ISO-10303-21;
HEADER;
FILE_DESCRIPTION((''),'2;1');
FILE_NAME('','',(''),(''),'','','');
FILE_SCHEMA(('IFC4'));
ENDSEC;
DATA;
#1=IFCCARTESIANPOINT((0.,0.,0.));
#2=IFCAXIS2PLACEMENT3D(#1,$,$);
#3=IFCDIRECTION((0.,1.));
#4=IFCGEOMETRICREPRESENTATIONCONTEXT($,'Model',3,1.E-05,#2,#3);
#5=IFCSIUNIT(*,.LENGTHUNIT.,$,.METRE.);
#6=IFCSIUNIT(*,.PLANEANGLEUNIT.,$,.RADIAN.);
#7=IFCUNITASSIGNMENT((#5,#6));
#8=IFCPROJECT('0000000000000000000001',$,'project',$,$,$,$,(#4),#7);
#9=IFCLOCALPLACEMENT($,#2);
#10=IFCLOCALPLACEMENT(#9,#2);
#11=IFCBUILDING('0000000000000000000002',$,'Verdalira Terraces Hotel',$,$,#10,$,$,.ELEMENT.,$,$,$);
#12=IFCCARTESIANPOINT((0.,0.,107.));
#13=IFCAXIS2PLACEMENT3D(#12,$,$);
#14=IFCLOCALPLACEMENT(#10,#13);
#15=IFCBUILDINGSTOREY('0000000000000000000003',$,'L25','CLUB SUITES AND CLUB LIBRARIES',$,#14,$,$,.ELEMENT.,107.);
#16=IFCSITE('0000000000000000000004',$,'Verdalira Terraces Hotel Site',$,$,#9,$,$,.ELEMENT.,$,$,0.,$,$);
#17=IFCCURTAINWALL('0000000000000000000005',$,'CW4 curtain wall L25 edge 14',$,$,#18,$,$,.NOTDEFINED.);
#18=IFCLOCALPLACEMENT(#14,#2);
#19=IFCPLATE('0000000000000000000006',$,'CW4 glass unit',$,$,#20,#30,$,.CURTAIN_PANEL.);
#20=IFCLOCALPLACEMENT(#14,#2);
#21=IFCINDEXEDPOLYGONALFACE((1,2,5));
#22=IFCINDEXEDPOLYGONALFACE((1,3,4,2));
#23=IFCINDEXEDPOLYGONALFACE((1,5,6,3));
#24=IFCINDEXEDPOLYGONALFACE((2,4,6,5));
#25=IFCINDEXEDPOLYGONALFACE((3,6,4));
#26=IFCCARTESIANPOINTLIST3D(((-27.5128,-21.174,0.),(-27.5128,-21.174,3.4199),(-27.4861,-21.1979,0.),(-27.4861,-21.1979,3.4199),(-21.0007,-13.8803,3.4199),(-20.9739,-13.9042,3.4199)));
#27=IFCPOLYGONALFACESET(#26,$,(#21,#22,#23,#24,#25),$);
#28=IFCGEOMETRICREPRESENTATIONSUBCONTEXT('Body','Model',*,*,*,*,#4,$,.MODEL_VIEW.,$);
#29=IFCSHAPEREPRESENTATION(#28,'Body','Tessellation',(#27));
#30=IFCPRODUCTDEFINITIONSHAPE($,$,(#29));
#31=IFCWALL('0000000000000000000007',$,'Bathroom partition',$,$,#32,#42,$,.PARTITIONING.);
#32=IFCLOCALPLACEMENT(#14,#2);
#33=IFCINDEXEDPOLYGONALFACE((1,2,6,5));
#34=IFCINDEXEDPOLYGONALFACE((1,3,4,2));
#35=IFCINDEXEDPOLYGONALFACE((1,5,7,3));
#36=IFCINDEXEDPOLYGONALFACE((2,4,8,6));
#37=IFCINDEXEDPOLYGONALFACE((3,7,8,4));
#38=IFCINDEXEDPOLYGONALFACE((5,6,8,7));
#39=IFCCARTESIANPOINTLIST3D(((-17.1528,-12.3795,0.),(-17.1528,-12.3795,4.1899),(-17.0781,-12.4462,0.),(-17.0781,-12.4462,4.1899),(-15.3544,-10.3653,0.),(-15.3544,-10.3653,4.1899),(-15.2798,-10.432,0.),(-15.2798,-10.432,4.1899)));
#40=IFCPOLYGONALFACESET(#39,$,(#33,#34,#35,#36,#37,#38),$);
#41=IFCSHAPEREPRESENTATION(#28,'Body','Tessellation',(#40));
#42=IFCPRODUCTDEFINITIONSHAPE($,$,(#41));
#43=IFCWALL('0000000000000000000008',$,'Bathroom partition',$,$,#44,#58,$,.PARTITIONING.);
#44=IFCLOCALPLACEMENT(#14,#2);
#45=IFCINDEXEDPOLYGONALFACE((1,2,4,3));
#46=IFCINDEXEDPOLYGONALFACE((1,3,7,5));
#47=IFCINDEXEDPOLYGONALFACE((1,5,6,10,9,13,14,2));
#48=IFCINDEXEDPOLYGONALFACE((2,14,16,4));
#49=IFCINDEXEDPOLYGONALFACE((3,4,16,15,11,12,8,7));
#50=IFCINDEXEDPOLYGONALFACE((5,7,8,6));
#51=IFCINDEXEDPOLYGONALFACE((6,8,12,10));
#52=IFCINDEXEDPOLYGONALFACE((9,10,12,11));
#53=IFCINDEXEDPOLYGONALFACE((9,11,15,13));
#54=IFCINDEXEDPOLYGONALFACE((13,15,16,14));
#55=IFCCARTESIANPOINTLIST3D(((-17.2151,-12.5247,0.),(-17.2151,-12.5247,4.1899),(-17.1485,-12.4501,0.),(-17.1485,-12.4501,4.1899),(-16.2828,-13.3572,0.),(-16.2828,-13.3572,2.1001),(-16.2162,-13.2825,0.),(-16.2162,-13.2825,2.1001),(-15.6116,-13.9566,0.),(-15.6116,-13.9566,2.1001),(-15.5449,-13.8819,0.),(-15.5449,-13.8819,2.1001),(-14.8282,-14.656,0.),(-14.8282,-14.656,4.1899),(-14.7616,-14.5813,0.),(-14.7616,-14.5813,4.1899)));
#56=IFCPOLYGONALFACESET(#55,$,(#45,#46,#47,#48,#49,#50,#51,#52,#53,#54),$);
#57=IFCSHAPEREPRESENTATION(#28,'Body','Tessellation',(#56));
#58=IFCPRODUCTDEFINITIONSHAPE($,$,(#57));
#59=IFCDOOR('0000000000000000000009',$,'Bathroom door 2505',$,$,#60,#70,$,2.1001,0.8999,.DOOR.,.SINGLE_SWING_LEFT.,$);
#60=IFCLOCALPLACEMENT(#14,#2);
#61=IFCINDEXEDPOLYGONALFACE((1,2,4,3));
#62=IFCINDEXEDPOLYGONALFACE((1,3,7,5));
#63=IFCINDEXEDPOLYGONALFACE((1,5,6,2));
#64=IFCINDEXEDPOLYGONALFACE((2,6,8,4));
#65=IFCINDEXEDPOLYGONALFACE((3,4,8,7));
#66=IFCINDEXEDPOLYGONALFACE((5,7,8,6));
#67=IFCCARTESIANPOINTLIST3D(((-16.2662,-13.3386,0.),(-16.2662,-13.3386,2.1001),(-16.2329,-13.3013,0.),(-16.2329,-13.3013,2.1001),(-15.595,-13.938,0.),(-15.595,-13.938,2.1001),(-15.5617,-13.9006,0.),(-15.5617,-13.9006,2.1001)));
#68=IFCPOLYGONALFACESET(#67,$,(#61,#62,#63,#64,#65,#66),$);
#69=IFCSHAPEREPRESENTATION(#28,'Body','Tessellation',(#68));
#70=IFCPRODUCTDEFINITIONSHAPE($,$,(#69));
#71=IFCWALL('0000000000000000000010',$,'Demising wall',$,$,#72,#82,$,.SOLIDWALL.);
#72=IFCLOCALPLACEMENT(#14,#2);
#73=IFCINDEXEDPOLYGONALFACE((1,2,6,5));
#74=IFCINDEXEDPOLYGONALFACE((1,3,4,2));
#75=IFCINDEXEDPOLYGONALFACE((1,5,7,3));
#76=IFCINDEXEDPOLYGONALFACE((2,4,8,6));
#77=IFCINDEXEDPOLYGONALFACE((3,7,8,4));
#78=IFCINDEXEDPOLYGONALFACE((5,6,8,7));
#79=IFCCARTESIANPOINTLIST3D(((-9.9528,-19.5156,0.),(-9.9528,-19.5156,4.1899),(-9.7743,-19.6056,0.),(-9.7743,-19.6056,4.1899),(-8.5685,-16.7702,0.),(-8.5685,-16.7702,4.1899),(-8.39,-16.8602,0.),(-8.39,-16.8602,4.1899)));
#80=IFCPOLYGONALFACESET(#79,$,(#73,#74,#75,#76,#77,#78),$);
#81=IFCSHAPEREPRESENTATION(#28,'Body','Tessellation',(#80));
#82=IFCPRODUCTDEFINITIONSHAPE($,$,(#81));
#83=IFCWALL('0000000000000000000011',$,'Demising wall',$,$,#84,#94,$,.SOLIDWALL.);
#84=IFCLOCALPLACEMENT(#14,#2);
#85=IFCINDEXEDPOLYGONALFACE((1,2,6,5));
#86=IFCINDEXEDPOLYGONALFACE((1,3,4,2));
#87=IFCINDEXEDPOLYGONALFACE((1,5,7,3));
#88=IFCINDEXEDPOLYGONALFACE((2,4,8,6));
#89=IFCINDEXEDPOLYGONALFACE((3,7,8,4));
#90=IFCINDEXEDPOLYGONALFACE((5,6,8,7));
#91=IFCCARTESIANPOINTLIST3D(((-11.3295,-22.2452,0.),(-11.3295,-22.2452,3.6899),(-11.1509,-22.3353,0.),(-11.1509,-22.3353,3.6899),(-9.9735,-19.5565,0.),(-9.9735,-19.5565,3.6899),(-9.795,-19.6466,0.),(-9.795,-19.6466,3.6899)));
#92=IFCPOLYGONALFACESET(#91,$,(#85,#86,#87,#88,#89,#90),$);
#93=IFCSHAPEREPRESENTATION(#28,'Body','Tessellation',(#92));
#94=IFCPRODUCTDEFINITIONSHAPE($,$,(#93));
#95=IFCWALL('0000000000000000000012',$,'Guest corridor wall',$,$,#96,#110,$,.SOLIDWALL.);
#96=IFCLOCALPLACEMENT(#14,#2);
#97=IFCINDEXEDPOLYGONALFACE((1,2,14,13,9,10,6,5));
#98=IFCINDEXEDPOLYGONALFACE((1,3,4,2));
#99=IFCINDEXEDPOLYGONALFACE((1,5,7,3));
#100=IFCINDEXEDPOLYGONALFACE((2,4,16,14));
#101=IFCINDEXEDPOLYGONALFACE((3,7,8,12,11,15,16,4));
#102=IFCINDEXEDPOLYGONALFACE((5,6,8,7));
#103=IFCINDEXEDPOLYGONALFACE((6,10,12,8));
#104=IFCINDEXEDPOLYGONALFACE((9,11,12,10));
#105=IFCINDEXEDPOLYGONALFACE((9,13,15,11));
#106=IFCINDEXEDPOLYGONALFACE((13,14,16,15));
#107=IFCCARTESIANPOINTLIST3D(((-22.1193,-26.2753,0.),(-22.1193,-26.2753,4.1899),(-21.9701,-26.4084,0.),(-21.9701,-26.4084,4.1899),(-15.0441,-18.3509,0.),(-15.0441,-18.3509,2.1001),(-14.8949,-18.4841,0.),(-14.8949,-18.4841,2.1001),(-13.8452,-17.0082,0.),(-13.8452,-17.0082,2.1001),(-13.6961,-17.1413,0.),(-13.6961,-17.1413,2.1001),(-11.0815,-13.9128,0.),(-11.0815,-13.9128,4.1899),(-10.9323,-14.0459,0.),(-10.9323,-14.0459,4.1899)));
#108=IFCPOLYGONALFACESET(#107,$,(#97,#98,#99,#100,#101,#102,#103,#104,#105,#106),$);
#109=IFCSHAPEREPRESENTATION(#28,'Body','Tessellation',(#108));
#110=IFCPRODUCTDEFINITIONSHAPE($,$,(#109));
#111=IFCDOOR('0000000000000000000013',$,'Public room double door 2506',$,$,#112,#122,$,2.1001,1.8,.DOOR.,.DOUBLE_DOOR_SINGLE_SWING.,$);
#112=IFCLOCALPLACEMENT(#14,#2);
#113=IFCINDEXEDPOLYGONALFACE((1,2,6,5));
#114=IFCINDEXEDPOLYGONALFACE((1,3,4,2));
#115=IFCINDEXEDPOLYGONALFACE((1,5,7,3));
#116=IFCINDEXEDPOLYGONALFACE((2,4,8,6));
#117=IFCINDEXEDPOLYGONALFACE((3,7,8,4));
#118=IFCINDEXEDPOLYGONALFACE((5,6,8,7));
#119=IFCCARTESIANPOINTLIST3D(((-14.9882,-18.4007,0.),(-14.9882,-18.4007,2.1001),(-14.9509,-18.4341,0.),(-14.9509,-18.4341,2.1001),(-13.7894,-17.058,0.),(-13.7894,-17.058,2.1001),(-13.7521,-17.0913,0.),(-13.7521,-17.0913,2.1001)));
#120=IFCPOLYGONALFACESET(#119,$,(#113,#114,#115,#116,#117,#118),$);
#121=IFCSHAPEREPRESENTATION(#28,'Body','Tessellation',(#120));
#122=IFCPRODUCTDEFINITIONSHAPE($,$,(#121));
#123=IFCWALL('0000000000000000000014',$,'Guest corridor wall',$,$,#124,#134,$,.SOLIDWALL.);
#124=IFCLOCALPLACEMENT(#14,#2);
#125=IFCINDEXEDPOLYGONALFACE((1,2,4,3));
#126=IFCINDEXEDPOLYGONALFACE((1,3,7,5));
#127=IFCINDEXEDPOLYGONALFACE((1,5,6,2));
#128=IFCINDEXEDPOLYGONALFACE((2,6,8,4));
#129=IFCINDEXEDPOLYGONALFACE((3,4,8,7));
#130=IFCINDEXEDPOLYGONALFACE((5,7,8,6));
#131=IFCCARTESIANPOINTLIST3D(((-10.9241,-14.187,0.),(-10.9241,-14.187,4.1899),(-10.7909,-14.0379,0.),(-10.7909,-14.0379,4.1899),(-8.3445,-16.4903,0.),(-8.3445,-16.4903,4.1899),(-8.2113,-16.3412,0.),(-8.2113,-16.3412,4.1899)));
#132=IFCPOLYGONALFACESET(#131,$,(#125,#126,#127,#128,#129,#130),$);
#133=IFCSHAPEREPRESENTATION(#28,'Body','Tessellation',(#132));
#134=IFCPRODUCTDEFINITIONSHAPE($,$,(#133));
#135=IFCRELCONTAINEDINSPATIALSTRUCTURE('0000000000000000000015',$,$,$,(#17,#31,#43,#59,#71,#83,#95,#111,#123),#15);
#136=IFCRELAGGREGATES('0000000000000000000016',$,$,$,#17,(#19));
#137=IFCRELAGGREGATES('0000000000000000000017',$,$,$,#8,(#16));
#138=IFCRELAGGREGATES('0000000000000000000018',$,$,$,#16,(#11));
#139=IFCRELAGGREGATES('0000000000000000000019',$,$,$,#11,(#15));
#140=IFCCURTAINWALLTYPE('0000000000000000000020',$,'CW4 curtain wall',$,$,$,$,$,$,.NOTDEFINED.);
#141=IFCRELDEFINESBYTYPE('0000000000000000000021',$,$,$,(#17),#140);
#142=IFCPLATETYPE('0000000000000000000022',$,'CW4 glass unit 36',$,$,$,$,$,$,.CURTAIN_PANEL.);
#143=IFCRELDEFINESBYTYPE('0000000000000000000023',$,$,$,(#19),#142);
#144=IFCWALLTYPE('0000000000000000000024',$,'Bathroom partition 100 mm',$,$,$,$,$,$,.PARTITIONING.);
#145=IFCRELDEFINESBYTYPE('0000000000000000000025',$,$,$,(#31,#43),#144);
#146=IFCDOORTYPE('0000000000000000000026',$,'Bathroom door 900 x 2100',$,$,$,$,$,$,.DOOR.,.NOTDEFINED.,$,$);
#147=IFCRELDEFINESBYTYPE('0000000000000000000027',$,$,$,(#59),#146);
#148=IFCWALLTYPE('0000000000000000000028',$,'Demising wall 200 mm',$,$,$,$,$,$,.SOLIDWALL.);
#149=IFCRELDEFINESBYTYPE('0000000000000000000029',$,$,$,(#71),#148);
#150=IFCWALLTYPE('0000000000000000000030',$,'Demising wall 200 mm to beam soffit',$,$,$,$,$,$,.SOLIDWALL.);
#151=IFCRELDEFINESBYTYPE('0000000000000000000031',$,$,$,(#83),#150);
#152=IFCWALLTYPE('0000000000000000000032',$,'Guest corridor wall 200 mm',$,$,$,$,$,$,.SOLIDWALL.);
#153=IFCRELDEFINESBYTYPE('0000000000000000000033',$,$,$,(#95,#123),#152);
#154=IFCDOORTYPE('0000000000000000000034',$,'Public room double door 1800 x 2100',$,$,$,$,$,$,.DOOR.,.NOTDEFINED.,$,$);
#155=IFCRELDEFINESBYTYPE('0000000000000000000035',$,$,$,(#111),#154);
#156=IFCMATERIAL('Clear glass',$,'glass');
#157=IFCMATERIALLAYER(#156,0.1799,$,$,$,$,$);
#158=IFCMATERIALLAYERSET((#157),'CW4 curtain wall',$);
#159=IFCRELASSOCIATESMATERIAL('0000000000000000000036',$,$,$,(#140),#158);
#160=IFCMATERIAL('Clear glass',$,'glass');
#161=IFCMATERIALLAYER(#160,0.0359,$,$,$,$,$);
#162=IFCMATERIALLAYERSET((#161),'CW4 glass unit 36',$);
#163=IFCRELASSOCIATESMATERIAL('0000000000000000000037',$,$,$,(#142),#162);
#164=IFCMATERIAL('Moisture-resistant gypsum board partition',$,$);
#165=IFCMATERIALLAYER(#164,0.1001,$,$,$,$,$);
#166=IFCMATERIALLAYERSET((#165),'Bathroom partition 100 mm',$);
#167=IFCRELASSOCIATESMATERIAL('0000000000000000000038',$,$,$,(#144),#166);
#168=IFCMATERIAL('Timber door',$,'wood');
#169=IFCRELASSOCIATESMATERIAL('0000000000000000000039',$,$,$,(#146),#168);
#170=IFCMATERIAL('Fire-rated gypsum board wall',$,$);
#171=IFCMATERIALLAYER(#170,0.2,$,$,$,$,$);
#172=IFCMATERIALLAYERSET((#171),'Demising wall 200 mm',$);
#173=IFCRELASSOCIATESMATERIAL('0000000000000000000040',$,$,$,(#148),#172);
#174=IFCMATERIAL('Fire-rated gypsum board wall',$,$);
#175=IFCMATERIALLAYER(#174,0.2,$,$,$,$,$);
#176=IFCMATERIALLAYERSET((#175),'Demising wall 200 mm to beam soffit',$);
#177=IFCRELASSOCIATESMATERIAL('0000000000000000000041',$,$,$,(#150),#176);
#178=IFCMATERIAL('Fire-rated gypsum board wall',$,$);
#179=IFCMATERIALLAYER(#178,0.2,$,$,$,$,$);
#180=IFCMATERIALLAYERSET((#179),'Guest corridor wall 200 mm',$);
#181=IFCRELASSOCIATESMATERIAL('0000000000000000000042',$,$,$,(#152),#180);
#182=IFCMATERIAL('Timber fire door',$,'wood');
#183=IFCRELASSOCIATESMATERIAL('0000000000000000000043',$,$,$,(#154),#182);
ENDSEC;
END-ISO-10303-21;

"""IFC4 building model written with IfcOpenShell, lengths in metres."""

from ifc_helpers import new_model, si_unit, direction, frame, frame_2d, origin, place, context, subcontext, project, spatial, polyline, rectangle, outline, extrude, material, layer, layer_set, type_object, element, fill, aggregate, save


model = new_model("IFC4")

# Units and contexts
model_context = context("Model", 3, precision=1e-05, world=origin(), true_north=direction((0.0, 1.0)))
body_context = subcontext(model_context, "Body", "Model", "MODEL_VIEW")
ifc_project = project(units=[si_unit("LENGTHUNIT", "METRE"), si_unit("PLANEANGLEUNIT", "RADIAN")], contexts=[model_context])

# Site, building, storey
site_placement = place(None, origin())
site = spatial("IfcSite", under=ifc_project, at=site_placement, Name="Verdalira Terraces Hotel Site", CompositionType="ELEMENT", RefElevation=0.0)
building_placement = place(site_placement, origin())
building = spatial("IfcBuilding", under=site, at=building_placement, Name="Verdalira Terraces Hotel", CompositionType="ELEMENT")
storey_placement = place(building_placement, frame((0.0, 0.0, 107.0)))
storey = spatial("IfcBuildingStorey", under=building, at=storey_placement, Name="L25", Description="CLUB SUITES AND CLUB LIBRARIES", CompositionType="ELEMENT", Elevation=107.0)

# Shared definitions
ifc_material_1 = material(Name="Clear glass", Category="glass")
ifc_layer_1 = layer(ifc_material_1, 0.1799)
ifc_layer_set_1 = layer_set([ifc_layer_1], Name="CW4 curtain wall")
curtain_wall_type = type_object("IfcCurtainWallType", Name="CW4 curtain wall", PredefinedType="NOTDEFINED", material=ifc_layer_set_1)

# Curtain wall
curtain_wall_1_placement = place(storey_placement, origin())
curtain_wall_1 = element("IfcCurtainWall", 1, at=curtain_wall_1_placement, inside=storey, type_object=curtain_wall_type, Name="CW4 curtain wall L25 edge 14", PredefinedType="NOTDEFINED")

# Plate
ifc_material_2 = material(Name="Clear glass", Category="glass")
ifc_layer_2 = layer(ifc_material_2, 0.0359)
ifc_layer_set_2 = layer_set([ifc_layer_2], Name="CW4 glass unit 36")
plate_type = type_object("IfcPlateType", Name="CW4 glass unit 36", PredefinedType="CURTAIN_PANEL", material=ifc_layer_set_2)
plate_1_placement = place(storey_placement, frame((-24.23, -17.551, 1.71), z_axis=(-0.745941, 0.666012, 0.0), x_axis=(-0.666012, -0.745941, 0.0)))
plate_1 = element("IfcPlate", 2, at=plate_1_placement, type_object=plate_type, Name="CW4 glass unit", PredefinedType="CURTAIN_PANEL", context=body_context, shape_type="SweptSolid", body=[
    extrude(outline(polyline([(4.8889, -1.71), (4.8889, 1.71), (-4.8889, 1.71), (4.8889, -1.71)])), origin(), (0.0, 0.0, 1.0), 0.0359),
])
aggregate(curtain_wall_1, [plate_1])

# Wall
ifc_material_3 = material(Name="Moisture-resistant gypsum board partition")
ifc_layer_3 = layer(ifc_material_3, 0.1001)
ifc_layer_set_3 = layer_set([ifc_layer_3], Name="Bathroom partition 100 mm")
wall_type_1 = type_object("IfcWallType", Name="Bathroom partition 100 mm", PredefinedType="PARTITIONING", material=ifc_layer_set_3)
wall_1_placement = place(storey_placement, frame((-17.1155, -12.4128, 0.0), z_axis=(0.0, 0.0, 1.0), x_axis=(0.666012, 0.745941, 0.0)))
element("IfcWall", 3, at=wall_1_placement, inside=storey, type_object=wall_type_1, Name="Bathroom partition", PredefinedType="PARTITIONING", context=body_context, shape_type="SweptSolid", body=[
    extrude(rectangle(XDim=2.7002, YDim=0.1001, at=frame_2d((1.3501, 0.0))), origin(), (0.0, 0.0, 1.0), 4.1899),
])

# Wall, opening, door
wall_2_placement = place(storey_placement, frame((-17.1819, -12.4873, 0.0), z_axis=(0.0, 0.0, 1.0), x_axis=(0.745917, -0.666039, 0.0)))
wall_2 = element("IfcWall", 4, at=wall_2_placement, inside=storey, type_object=wall_type_1, Name="Bathroom partition", PredefinedType="PARTITIONING", context=body_context, shape_type="SweptSolid", body=[
    extrude(rectangle(XDim=3.2, YDim=0.1001, at=frame_2d((1.6001, 0.0))), origin(), (0.0, 0.0, 1.0), 4.1899),
])
opening_1_placement = place(wall_2_placement, frame((1.25, 0.0, 0.0)))
opening_1 = element("IfcOpeningElement", 5, at=opening_1_placement, cuts=wall_2, PredefinedType="OPENING", context=body_context, shape_type="SweptSolid", body=[
    extrude(rectangle(XDim=0.8999, YDim=2.1001, at=frame_2d((0.45, 1.05))), frame((0.0, 0.0601, 0.0), z_axis=(0.0, -1.0, 0.0), x_axis=(1.0, 0.0, 0.0)), (0.0, 0.0, 1.0), 0.1201),
])
ifc_material_4 = material(Name="Timber door", Category="wood")
door_type_1 = type_object("IfcDoorType", Name="Bathroom door 900 x 2100", OperationType="NOTDEFINED", PredefinedType="DOOR", material=ifc_material_4)
door_1_placement = place(opening_1_placement, origin())
door_1 = element("IfcDoor", 6, at=door_1_placement, inside=storey, type_object=door_type_1, Name="Bathroom door 2505", OperationType="SINGLE_SWING_LEFT", OverallHeight=2.1001, OverallWidth=0.8999, PredefinedType="DOOR", context=body_context, shape_type="SweptSolid", body=[
    extrude(rectangle(XDim=0.8999, YDim=2.1001, at=frame_2d((0.45, 1.05))), frame((0.0, 0.0249, 0.0), z_axis=(0.0, -1.0, 0.0), x_axis=(1.0, 0.0, 0.0)), (0.0, 0.0, 1.0), 0.05),
])
fill(opening_1, door_1)

# Walls
ifc_material_5 = material(Name="Fire-rated gypsum board wall")
ifc_layer_4 = layer(ifc_material_5, 0.2)
ifc_layer_set_4 = layer_set([ifc_layer_4], Name="Demising wall 200 mm")
wall_type_2 = type_object("IfcWallType", Name="Demising wall 200 mm", PredefinedType="SOLIDWALL", material=ifc_layer_set_4)
wall_3_placement = place(storey_placement, frame((-8.4792, -16.8152, 0.0), z_axis=(0.0, 0.0, 1.0), x_axis=(-0.450228, -0.892913, 0.0)))
element("IfcWall", 7, at=wall_3_placement, inside=storey, type_object=wall_type_2, Name="Demising wall", PredefinedType="SOLIDWALL", context=body_context, shape_type="SweptSolid", body=[
    extrude(rectangle(XDim=3.0747, YDim=0.2, at=frame_2d((1.5374, 0.0))), origin(), (0.0, 0.0, 1.0), 4.1899),
])
ifc_material_6 = material(Name="Fire-rated gypsum board wall")
ifc_layer_5 = layer(ifc_material_6, 0.2)
ifc_layer_set_5 = layer_set([ifc_layer_5], Name="Demising wall 200 mm to beam soffit")
wall_type_3 = type_object("IfcWallType", Name="Demising wall 200 mm to beam soffit", PredefinedType="SOLIDWALL", material=ifc_layer_set_5)
wall_4_placement = place(storey_placement, frame((-9.8843, -19.6016, 0.0), z_axis=(0.0, 0.0, 1.0), x_axis=(-0.450292, -0.892881, 0.0)))
element("IfcWall", 8, at=wall_4_placement, inside=storey, type_object=wall_type_3, Name="Demising wall", PredefinedType="SOLIDWALL", context=body_context, shape_type="SweptSolid", body=[
    extrude(rectangle(XDim=3.0112, YDim=0.2, at=frame_2d((1.5056, 0.0))), origin(), (0.0, 0.0, 1.0), 3.6899),
])

# Wall, opening, door
ifc_material_7 = material(Name="Fire-rated gypsum board wall")
ifc_layer_6 = layer(ifc_material_7, 0.2)
ifc_layer_set_6 = layer_set([ifc_layer_6], Name="Guest corridor wall 200 mm")
wall_type_4 = type_object("IfcWallType", Name="Guest corridor wall 200 mm", PredefinedType="SOLIDWALL", material=ifc_layer_set_6)
wall_5_placement = place(storey_placement, frame((-11.0068, -13.9792, 0.0), z_axis=(0.0, 0.0, 1.0), x_axis=(-0.666011, -0.745942, 0.0)))
wall_5 = element("IfcWall", 9, at=wall_5_placement, inside=storey, type_object=wall_type_4, Name="Guest corridor wall", PredefinedType="SOLIDWALL", context=body_context, shape_type="SweptSolid", body=[
    extrude(rectangle(XDim=16.573, YDim=0.2, at=frame_2d((8.2866, 0.0))), origin(), (0.0, 0.0, 1.0), 4.1899),
])
opening_2_placement = place(wall_5_placement, frame((4.1499, 0.0, 0.0)))
opening_2 = element("IfcOpeningElement", 10, at=opening_2_placement, cuts=wall_5, PredefinedType="OPENING", context=body_context, shape_type="SweptSolid", body=[
    extrude(rectangle(XDim=1.8, YDim=2.1001, at=frame_2d((0.8999, 1.05))), frame((0.0, 0.1099, 0.0), z_axis=(0.0, -1.0, 0.0), x_axis=(1.0, 0.0, 0.0)), (0.0, 0.0, 1.0), 0.22),
])
ifc_material_8 = material(Name="Timber fire door", Category="wood")
door_type_2 = type_object("IfcDoorType", Name="Public room double door 1800 x 2100", OperationType="NOTDEFINED", PredefinedType="DOOR", material=ifc_material_8)
door_2_placement = place(opening_2_placement, origin())
door_2 = element("IfcDoor", 11, at=door_2_placement, inside=storey, type_object=door_type_2, Name="Public room double door 2506", OperationType="DOUBLE_DOOR_SINGLE_SWING", OverallHeight=2.1001, OverallWidth=1.8, PredefinedType="DOOR", context=body_context, shape_type="SweptSolid", body=[
    extrude(rectangle(XDim=1.8, YDim=2.1001, at=frame_2d((0.8999, 1.05))), frame((0.0, 0.0249, 0.0), z_axis=(0.0, -1.0, 0.0), x_axis=(1.0, 0.0, 0.0)), (0.0, 0.0, 1.0), 0.05),
])
fill(opening_2, door_2)

# Wall
wall_6_placement = place(storey_placement, frame((-10.8574, -14.1125, 0.0), z_axis=(0.0, 0.0, 1.0), x_axis=(0.745935, -0.666019, 0.0)))
element("IfcWall", 12, at=wall_6_placement, inside=storey, type_object=wall_type_4, Name="Guest corridor wall", PredefinedType="SOLIDWALL", context=body_context, shape_type="SweptSolid", body=[
    extrude(rectangle(XDim=3.4583, YDim=0.2, at=frame_2d((1.729, 0.0))), origin(), (0.0, 0.0, 1.0), 4.1899),
])

save(model, "model.ifc")
